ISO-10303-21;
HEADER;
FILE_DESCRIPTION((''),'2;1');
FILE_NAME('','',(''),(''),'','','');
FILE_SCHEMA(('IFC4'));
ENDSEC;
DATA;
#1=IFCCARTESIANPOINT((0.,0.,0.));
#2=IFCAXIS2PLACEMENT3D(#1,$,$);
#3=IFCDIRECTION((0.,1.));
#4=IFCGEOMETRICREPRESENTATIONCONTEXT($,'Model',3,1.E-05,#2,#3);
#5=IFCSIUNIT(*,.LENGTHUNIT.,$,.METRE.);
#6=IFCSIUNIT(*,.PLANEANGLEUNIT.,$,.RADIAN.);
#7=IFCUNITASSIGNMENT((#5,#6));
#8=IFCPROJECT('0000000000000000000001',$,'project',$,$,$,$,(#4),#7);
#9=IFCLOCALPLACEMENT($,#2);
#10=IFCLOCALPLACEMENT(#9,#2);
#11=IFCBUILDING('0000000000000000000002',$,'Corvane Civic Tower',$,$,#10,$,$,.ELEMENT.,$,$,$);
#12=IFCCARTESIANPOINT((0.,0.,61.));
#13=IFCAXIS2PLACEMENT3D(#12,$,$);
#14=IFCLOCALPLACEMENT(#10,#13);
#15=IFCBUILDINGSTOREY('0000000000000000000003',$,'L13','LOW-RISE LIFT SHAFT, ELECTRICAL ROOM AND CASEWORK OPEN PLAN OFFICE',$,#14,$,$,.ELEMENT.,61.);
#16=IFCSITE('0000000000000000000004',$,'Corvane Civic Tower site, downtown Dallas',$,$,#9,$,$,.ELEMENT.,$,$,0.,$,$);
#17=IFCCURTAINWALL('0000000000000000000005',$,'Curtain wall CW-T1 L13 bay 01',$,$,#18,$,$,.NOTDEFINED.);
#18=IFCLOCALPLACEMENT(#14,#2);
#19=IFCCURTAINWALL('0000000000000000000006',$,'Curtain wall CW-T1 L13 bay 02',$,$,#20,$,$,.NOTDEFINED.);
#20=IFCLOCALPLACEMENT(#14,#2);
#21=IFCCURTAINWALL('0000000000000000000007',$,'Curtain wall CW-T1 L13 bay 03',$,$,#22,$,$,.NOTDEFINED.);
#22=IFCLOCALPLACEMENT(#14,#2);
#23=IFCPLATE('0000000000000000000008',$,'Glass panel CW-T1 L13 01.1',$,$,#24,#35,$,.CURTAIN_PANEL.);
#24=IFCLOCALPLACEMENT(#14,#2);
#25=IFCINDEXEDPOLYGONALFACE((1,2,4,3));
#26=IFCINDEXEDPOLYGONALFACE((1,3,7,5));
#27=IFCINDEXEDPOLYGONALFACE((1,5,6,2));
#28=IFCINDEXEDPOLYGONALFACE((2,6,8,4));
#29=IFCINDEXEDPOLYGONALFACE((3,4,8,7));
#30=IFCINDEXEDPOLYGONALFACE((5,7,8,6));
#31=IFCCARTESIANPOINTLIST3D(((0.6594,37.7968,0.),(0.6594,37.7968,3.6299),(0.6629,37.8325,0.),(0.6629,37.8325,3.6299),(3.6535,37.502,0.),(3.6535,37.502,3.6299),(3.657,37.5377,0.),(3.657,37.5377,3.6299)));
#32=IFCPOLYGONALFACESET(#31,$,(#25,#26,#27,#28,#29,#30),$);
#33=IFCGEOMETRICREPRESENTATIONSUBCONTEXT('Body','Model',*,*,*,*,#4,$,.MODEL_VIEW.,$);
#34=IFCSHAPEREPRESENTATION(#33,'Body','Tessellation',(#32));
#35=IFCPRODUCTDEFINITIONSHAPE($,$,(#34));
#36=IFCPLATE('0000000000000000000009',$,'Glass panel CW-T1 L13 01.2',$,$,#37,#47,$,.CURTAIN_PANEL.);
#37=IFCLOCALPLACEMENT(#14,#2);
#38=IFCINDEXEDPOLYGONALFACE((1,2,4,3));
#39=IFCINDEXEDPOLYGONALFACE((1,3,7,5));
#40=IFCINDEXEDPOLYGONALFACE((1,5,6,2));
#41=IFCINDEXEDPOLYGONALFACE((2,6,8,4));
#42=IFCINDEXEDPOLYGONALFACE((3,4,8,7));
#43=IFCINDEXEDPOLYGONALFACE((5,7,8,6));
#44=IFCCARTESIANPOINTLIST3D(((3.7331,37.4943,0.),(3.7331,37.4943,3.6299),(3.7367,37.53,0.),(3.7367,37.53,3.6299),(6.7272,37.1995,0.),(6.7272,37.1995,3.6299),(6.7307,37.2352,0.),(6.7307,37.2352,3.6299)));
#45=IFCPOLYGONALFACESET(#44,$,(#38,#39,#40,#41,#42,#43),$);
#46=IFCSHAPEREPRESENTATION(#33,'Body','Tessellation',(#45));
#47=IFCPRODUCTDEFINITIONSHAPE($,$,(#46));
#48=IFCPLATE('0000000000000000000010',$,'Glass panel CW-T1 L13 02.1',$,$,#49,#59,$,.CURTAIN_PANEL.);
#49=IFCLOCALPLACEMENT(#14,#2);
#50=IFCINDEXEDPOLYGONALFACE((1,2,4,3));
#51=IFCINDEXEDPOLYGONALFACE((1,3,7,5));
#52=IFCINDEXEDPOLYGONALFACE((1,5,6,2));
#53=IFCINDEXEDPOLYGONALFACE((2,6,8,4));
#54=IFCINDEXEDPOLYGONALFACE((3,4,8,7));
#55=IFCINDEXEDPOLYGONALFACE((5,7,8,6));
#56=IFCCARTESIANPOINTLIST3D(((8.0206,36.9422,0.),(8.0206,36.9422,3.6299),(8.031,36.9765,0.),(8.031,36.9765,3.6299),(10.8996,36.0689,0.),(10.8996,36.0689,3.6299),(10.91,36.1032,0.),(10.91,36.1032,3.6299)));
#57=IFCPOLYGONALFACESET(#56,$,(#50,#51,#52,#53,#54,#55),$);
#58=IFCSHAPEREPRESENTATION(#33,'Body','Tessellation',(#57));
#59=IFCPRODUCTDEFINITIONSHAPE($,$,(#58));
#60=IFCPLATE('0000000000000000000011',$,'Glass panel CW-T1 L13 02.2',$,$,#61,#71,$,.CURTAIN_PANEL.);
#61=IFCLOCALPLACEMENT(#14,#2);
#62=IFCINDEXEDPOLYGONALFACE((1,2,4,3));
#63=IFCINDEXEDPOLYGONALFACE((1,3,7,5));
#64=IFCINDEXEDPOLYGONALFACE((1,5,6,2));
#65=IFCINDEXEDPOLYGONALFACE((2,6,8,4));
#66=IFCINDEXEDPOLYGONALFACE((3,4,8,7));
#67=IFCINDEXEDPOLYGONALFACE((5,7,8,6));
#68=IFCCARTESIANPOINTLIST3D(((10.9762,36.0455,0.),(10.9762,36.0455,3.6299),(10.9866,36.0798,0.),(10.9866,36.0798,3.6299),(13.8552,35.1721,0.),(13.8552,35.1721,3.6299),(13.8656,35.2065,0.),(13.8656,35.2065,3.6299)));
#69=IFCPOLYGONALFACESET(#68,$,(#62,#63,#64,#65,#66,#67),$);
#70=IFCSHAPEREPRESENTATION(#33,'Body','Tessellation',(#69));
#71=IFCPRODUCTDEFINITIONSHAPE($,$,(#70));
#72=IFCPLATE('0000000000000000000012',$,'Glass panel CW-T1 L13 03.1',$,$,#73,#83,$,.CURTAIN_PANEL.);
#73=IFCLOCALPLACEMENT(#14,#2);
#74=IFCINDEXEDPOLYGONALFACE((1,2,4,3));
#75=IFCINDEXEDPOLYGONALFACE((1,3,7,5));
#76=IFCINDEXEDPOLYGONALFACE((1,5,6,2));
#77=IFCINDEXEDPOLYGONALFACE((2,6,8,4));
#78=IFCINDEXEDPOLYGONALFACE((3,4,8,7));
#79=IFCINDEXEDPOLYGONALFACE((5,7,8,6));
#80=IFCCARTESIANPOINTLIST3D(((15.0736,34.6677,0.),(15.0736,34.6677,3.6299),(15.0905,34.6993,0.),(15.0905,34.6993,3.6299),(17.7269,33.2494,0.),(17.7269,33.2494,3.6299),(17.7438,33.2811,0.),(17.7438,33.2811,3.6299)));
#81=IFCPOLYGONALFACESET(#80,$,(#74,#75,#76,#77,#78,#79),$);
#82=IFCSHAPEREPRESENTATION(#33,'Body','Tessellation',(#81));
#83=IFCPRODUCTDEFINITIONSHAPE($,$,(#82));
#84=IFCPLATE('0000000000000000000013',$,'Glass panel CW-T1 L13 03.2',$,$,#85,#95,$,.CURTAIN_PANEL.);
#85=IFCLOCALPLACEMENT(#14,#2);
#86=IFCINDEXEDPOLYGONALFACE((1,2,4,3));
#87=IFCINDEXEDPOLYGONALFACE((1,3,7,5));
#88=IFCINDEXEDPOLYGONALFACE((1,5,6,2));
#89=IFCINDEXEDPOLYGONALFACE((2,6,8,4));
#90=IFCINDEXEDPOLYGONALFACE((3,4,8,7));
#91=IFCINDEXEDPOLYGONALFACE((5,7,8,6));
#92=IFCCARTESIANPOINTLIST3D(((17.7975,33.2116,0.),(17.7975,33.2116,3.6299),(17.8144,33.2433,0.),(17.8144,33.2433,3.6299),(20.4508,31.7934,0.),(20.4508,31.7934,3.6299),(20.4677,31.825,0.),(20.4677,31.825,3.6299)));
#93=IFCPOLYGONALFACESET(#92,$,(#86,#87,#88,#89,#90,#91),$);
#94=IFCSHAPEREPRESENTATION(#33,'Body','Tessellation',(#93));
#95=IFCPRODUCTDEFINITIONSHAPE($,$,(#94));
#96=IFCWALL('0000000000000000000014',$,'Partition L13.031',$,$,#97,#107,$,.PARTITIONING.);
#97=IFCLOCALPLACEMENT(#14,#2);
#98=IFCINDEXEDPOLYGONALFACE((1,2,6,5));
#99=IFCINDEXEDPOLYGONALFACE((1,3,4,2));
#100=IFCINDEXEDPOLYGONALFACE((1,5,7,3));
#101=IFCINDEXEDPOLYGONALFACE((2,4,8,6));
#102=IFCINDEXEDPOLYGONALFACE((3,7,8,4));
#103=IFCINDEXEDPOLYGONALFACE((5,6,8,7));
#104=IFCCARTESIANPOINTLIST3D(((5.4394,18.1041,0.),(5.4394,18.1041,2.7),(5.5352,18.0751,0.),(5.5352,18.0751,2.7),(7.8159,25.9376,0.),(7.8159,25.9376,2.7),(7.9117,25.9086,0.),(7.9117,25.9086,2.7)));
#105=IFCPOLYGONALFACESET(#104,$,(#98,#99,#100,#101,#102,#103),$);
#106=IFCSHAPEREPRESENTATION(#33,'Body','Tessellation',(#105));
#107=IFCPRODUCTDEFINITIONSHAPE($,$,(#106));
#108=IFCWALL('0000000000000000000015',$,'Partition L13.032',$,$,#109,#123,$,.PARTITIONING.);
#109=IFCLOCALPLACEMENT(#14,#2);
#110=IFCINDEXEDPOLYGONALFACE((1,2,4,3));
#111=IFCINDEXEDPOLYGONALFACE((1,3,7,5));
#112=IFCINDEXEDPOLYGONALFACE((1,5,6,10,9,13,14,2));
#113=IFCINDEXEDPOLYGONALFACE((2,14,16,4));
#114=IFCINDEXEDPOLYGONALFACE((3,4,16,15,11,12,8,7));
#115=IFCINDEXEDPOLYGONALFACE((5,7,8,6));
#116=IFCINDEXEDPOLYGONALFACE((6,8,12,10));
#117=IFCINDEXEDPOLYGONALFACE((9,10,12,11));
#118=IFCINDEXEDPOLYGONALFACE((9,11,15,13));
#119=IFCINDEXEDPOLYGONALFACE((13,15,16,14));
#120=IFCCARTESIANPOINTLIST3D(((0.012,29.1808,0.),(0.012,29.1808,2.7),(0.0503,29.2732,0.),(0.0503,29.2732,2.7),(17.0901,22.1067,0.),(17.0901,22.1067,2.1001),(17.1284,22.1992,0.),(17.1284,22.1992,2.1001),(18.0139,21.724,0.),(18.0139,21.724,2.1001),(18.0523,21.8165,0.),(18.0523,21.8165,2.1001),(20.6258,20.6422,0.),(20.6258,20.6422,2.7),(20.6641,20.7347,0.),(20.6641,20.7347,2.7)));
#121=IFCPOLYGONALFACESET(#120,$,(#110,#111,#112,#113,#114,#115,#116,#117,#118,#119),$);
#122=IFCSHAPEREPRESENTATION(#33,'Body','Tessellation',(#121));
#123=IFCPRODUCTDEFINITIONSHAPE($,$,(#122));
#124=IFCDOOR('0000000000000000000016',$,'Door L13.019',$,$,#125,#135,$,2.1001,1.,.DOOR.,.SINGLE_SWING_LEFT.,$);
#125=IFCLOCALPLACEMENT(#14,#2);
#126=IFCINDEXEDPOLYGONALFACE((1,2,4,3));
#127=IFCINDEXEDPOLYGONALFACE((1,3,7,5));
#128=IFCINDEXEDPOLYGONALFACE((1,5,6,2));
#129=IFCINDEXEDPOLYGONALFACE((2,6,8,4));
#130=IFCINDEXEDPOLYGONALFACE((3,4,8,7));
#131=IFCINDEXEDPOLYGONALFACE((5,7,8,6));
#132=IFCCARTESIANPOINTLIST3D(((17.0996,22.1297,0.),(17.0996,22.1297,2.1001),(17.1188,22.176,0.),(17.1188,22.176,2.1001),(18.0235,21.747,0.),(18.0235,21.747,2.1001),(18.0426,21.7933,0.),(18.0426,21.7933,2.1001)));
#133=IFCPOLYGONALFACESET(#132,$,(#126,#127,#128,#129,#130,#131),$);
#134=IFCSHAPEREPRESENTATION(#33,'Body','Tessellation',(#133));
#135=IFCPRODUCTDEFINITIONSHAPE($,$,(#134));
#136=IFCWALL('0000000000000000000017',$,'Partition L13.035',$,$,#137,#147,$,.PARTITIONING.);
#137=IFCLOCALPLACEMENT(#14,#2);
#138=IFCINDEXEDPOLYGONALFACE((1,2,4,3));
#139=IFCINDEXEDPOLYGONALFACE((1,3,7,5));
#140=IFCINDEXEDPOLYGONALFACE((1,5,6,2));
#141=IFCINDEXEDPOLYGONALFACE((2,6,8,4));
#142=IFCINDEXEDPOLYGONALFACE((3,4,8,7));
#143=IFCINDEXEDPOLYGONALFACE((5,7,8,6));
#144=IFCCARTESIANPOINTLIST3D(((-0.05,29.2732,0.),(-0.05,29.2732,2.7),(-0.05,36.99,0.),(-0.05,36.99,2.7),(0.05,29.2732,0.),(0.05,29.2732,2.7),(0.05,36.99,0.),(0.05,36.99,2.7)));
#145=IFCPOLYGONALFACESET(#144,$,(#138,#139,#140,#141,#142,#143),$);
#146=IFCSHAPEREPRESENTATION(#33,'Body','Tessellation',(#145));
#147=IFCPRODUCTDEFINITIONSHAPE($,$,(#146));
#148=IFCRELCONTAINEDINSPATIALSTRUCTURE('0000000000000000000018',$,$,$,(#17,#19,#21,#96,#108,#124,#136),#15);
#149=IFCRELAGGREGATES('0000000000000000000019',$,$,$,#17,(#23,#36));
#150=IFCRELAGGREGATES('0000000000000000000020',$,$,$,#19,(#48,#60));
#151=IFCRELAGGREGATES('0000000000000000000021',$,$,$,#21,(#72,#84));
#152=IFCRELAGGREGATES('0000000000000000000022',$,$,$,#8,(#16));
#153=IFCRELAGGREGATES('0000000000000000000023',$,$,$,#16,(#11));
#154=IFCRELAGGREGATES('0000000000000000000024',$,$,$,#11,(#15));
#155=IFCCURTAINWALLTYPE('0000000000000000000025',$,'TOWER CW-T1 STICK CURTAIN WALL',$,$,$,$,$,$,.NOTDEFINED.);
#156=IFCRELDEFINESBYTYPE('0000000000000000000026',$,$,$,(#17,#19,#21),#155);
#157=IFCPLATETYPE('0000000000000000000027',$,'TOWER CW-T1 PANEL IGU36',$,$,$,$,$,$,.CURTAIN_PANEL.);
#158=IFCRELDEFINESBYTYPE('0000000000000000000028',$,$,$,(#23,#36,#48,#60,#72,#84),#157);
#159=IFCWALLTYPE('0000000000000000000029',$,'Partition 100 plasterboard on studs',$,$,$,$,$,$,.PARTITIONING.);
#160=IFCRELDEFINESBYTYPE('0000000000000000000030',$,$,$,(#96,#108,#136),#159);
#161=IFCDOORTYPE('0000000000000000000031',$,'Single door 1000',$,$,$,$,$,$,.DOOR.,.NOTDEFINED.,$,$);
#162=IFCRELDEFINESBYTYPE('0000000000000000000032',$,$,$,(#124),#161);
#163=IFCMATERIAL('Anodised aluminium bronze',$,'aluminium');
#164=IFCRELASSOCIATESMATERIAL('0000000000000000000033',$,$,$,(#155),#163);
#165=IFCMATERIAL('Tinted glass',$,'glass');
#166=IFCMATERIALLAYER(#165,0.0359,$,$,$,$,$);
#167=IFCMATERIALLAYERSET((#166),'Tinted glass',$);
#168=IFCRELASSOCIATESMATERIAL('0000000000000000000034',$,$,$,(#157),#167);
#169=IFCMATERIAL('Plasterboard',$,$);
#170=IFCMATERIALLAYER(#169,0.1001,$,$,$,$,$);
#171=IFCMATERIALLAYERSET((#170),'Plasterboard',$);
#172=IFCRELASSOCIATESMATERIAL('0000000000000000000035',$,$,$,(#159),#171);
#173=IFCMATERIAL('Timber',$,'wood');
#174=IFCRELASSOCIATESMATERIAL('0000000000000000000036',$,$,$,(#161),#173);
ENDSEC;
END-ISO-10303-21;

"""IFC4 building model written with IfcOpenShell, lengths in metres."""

from ifc_helpers import new_model, si_unit, direction, frame, frame_2d, origin, origin_2d, place, context, subcontext, project, spatial, rectangle, extrude, material, layer, layer_set, type_object, element, fill, aggregate, save


model = new_model("IFC4")

# Units and contexts
model_context = context("Model", 3, precision=1e-05, world=origin(), true_north=direction((0.0, 1.0)))
body_context = subcontext(model_context, "Body", "Model", "MODEL_VIEW")
ifc_project = project(units=[si_unit("LENGTHUNIT", "METRE"), si_unit("PLANEANGLEUNIT", "RADIAN")], contexts=[model_context])

# Site, building, storey
site_placement = place(None, origin())
site = spatial("IfcSite", under=ifc_project, at=site_placement, Name="Corvane Civic Tower site, downtown Dallas", CompositionType="ELEMENT", RefElevation=0.0)
building_placement = place(site_placement, origin())
building = spatial("IfcBuilding", under=site, at=building_placement, Name="Corvane Civic Tower", CompositionType="ELEMENT")
storey_placement = place(building_placement, frame((0.0, 0.0, 61.0)))
storey = spatial("IfcBuildingStorey", under=building, at=storey_placement, Name="L13", Description="LOW-RISE LIFT SHAFT, ELECTRICAL ROOM AND CASEWORK OPEN PLAN OFFICE", CompositionType="ELEMENT", Elevation=61.0)

# Curtain walls
ifc_material_1 = material(Name="Anodised aluminium bronze", Category="aluminium")
curtain_wall_type = type_object("IfcCurtainWallType", Name="TOWER CW-T1 STICK CURTAIN WALL", PredefinedType="NOTDEFINED", material=ifc_material_1)
curtain_wall_1_placement = place(storey_placement, origin())
curtain_wall_1 = element("IfcCurtainWall", 1, at=curtain_wall_1_placement, inside=storey, type_object=curtain_wall_type, Name="Curtain wall CW-T1 L13 bay 01", PredefinedType="NOTDEFINED")
curtain_wall_2_placement = place(storey_placement, origin())
curtain_wall_2 = element("IfcCurtainWall", 2, at=curtain_wall_2_placement, inside=storey, type_object=curtain_wall_type, Name="Curtain wall CW-T1 L13 bay 02", PredefinedType="NOTDEFINED")
curtain_wall_3_placement = place(storey_placement, origin())
curtain_wall_3 = element("IfcCurtainWall", 3, at=curtain_wall_3_placement, inside=storey, type_object=curtain_wall_type, Name="Curtain wall CW-T1 L13 bay 03", PredefinedType="NOTDEFINED")

# Plates
ifc_material_2 = material(Name="Tinted glass", Category="glass")
ifc_layer_1 = layer(ifc_material_2, 0.0359)
ifc_layer_set_1 = layer_set([ifc_layer_1], Name="Tinted glass")
plate_type = type_object("IfcPlateType", Name="TOWER CW-T1 PANEL IGU36", PredefinedType="CURTAIN_PANEL", material=ifc_layer_set_1)
plate_1_placement = place(storey_placement, frame((2.1582, 37.6672, 0.0), z_axis=(0.0, 0.0, 1.0), x_axis=(0.995186, -0.098006, 0.0)))
plate_1 = element("IfcPlate", 4, at=plate_1_placement, type_object=plate_type, Name="Glass panel CW-T1 L13 01.1", PredefinedType="CURTAIN_PANEL", context=body_context, shape_type="SweptSolid", body=[
    extrude(rectangle(XDim=3.0085, YDim=0.0359, at=origin_2d()), origin(), (0.0, 0.0, 1.0), 3.6299),
])
plate_2_placement = place(storey_placement, frame((5.2319, 37.3647, 0.0), z_axis=(0.0, 0.0, 1.0), x_axis=(0.995186, -0.098006, 0.0)))
plate_2 = element("IfcPlate", 5, at=plate_2_placement, type_object=plate_type, Name="Glass panel CW-T1 L13 01.2", PredefinedType="CURTAIN_PANEL", context=body_context, shape_type="SweptSolid", body=[
    extrude(rectangle(XDim=3.0085, YDim=0.0359, at=origin_2d()), origin(), (0.0, 0.0, 1.0), 3.6299),
])
aggregate(curtain_wall_1, [plate_1, plate_2])
plate_3_placement = place(storey_placement, frame((9.4653, 36.5227, 0.0), z_axis=(0.0, 0.0, 1.0), x_axis=(0.956942, -0.290278, 0.0)))
plate_3 = element("IfcPlate", 6, at=plate_3_placement, type_object=plate_type, Name="Glass panel CW-T1 L13 02.1", PredefinedType="CURTAIN_PANEL", context=body_context, shape_type="SweptSolid", body=[
    extrude(rectangle(XDim=3.0085, YDim=0.0359, at=origin_2d()), origin(), (0.0, 0.0, 1.0), 3.6299),
])
plate_4_placement = place(storey_placement, frame((12.4209, 35.626, 0.0), z_axis=(0.0, 0.0, 1.0), x_axis=(0.956942, -0.290278, 0.0)))
plate_4 = element("IfcPlate", 7, at=plate_4_placement, type_object=plate_type, Name="Glass panel CW-T1 L13 02.2", PredefinedType="CURTAIN_PANEL", context=body_context, shape_type="SweptSolid", body=[
    extrude(rectangle(XDim=3.0085, YDim=0.0359, at=origin_2d()), origin(), (0.0, 0.0, 1.0), 3.6299),
])
aggregate(curtain_wall_2, [plate_3, plate_4])
plate_5_placement = place(storey_placement, frame((16.4087, 33.9744, 0.0), z_axis=(0.0, 0.0, 1.0), x_axis=(0.881918, -0.471404, 0.0)))
plate_5 = element("IfcPlate", 8, at=plate_5_placement, type_object=plate_type, Name="Glass panel CW-T1 L13 03.1", PredefinedType="CURTAIN_PANEL", context=body_context, shape_type="SweptSolid", body=[
    extrude(rectangle(XDim=3.0085, YDim=0.0359, at=origin_2d()), origin(), (0.0, 0.0, 1.0), 3.6299),
])
plate_6_placement = place(storey_placement, frame((19.1326, 32.5183, 0.0), z_axis=(0.0, 0.0, 1.0), x_axis=(0.881918, -0.471404, 0.0)))
plate_6 = element("IfcPlate", 9, at=plate_6_placement, type_object=plate_type, Name="Glass panel CW-T1 L13 03.2", PredefinedType="CURTAIN_PANEL", context=body_context, shape_type="SweptSolid", body=[
    extrude(rectangle(XDim=3.0085, YDim=0.0359, at=origin_2d()), origin(), (0.0, 0.0, 1.0), 3.6299),
])
aggregate(curtain_wall_3, [plate_5, plate_6])

# Wall
ifc_material_3 = material(Name="Plasterboard")
ifc_layer_2 = layer(ifc_material_3, 0.1001)
ifc_layer_set_2 = layer_set([ifc_layer_2], Name="Plasterboard")
wall_type = type_object("IfcWallType", Name="Partition 100 plasterboard on studs", PredefinedType="PARTITIONING", material=ifc_layer_set_2)
wall_1_placement = place(storey_placement, frame((5.4873, 18.0896, 0.0), z_axis=(0.0, 0.0, 1.0), x_axis=(0.290307, 0.956934, 0.0)))
element("IfcWall", 10, at=wall_1_placement, inside=storey, type_object=wall_type, Name="Partition L13.031", PredefinedType="PARTITIONING", context=body_context, shape_type="SweptSolid", body=[
    extrude(rectangle(XDim=8.186, YDim=0.1001, at=frame_2d((4.093, 0.0))), origin(), (0.0, 0.0, 1.0), 2.7),
])

# Wall, opening, door
wall_2_placement = place(storey_placement, frame((0.031, 29.2271, 0.0), z_axis=(0.0, 0.0, 1.0), x_axis=(0.923878, -0.382686, 0.0)))
wall_2 = element("IfcWall", 11, at=wall_2_placement, inside=storey, type_object=wall_type, Name="Partition L13.032", PredefinedType="PARTITIONING", context=body_context, shape_type="SweptSolid", body=[
    extrude(rectangle(XDim=22.3123, YDim=0.1001, at=frame_2d((11.1562, 0.0))), origin(), (0.0, 0.0, 1.0), 2.7),
])
opening_placement = place(wall_2_placement, frame((18.4854, 0.0, 0.0)))
opening = element("IfcOpeningElement", 12, at=opening_placement, cuts=wall_2, PredefinedType="OPENING", context=body_context, shape_type="SweptSolid", body=[
    extrude(rectangle(XDim=1.0, YDim=2.1001, at=frame_2d((0.5, 1.05))), frame((0.0, 0.0601, 0.0), z_axis=(0.0, -1.0, 0.0), x_axis=(1.0, 0.0, 0.0)), (0.0, 0.0, 1.0), 0.1201),
])
ifc_material_4 = material(Name="Timber", Category="wood")
door_type = type_object("IfcDoorType", Name="Single door 1000", OperationType="NOTDEFINED", PredefinedType="DOOR", material=ifc_material_4)
door_placement = place(opening_placement, origin())
door = element("IfcDoor", 13, at=door_placement, inside=storey, type_object=door_type, Name="Door L13.019", OperationType="SINGLE_SWING_LEFT", OverallHeight=2.1001, OverallWidth=1.0, PredefinedType="DOOR", context=body_context, shape_type="SweptSolid", body=[
    extrude(rectangle(XDim=1.0, YDim=2.1001, at=frame_2d((0.5, 1.05))), frame((0.0, 0.0249, 0.0), z_axis=(0.0, -1.0, 0.0), x_axis=(1.0, 0.0, 0.0)), (0.0, 0.0, 1.0), 0.05),
])
fill(opening, door)

# Wall
wall_3_placement = place(storey_placement, frame((0.0, 29.2732, 0.0), z_axis=(0.0, 0.0, 1.0), x_axis=(0.0, 1.0, 0.0)))
element("IfcWall", 14, at=wall_3_placement, inside=storey, type_object=wall_type, Name="Partition L13.035", PredefinedType="PARTITIONING", context=body_context, shape_type="SweptSolid", body=[
    extrude(rectangle(XDim=7.7168, YDim=0.1001, at=frame_2d((3.8584, 0.0))), origin(), (0.0, 0.0, 1.0), 2.7),
])

save(model, "model.ifc")
